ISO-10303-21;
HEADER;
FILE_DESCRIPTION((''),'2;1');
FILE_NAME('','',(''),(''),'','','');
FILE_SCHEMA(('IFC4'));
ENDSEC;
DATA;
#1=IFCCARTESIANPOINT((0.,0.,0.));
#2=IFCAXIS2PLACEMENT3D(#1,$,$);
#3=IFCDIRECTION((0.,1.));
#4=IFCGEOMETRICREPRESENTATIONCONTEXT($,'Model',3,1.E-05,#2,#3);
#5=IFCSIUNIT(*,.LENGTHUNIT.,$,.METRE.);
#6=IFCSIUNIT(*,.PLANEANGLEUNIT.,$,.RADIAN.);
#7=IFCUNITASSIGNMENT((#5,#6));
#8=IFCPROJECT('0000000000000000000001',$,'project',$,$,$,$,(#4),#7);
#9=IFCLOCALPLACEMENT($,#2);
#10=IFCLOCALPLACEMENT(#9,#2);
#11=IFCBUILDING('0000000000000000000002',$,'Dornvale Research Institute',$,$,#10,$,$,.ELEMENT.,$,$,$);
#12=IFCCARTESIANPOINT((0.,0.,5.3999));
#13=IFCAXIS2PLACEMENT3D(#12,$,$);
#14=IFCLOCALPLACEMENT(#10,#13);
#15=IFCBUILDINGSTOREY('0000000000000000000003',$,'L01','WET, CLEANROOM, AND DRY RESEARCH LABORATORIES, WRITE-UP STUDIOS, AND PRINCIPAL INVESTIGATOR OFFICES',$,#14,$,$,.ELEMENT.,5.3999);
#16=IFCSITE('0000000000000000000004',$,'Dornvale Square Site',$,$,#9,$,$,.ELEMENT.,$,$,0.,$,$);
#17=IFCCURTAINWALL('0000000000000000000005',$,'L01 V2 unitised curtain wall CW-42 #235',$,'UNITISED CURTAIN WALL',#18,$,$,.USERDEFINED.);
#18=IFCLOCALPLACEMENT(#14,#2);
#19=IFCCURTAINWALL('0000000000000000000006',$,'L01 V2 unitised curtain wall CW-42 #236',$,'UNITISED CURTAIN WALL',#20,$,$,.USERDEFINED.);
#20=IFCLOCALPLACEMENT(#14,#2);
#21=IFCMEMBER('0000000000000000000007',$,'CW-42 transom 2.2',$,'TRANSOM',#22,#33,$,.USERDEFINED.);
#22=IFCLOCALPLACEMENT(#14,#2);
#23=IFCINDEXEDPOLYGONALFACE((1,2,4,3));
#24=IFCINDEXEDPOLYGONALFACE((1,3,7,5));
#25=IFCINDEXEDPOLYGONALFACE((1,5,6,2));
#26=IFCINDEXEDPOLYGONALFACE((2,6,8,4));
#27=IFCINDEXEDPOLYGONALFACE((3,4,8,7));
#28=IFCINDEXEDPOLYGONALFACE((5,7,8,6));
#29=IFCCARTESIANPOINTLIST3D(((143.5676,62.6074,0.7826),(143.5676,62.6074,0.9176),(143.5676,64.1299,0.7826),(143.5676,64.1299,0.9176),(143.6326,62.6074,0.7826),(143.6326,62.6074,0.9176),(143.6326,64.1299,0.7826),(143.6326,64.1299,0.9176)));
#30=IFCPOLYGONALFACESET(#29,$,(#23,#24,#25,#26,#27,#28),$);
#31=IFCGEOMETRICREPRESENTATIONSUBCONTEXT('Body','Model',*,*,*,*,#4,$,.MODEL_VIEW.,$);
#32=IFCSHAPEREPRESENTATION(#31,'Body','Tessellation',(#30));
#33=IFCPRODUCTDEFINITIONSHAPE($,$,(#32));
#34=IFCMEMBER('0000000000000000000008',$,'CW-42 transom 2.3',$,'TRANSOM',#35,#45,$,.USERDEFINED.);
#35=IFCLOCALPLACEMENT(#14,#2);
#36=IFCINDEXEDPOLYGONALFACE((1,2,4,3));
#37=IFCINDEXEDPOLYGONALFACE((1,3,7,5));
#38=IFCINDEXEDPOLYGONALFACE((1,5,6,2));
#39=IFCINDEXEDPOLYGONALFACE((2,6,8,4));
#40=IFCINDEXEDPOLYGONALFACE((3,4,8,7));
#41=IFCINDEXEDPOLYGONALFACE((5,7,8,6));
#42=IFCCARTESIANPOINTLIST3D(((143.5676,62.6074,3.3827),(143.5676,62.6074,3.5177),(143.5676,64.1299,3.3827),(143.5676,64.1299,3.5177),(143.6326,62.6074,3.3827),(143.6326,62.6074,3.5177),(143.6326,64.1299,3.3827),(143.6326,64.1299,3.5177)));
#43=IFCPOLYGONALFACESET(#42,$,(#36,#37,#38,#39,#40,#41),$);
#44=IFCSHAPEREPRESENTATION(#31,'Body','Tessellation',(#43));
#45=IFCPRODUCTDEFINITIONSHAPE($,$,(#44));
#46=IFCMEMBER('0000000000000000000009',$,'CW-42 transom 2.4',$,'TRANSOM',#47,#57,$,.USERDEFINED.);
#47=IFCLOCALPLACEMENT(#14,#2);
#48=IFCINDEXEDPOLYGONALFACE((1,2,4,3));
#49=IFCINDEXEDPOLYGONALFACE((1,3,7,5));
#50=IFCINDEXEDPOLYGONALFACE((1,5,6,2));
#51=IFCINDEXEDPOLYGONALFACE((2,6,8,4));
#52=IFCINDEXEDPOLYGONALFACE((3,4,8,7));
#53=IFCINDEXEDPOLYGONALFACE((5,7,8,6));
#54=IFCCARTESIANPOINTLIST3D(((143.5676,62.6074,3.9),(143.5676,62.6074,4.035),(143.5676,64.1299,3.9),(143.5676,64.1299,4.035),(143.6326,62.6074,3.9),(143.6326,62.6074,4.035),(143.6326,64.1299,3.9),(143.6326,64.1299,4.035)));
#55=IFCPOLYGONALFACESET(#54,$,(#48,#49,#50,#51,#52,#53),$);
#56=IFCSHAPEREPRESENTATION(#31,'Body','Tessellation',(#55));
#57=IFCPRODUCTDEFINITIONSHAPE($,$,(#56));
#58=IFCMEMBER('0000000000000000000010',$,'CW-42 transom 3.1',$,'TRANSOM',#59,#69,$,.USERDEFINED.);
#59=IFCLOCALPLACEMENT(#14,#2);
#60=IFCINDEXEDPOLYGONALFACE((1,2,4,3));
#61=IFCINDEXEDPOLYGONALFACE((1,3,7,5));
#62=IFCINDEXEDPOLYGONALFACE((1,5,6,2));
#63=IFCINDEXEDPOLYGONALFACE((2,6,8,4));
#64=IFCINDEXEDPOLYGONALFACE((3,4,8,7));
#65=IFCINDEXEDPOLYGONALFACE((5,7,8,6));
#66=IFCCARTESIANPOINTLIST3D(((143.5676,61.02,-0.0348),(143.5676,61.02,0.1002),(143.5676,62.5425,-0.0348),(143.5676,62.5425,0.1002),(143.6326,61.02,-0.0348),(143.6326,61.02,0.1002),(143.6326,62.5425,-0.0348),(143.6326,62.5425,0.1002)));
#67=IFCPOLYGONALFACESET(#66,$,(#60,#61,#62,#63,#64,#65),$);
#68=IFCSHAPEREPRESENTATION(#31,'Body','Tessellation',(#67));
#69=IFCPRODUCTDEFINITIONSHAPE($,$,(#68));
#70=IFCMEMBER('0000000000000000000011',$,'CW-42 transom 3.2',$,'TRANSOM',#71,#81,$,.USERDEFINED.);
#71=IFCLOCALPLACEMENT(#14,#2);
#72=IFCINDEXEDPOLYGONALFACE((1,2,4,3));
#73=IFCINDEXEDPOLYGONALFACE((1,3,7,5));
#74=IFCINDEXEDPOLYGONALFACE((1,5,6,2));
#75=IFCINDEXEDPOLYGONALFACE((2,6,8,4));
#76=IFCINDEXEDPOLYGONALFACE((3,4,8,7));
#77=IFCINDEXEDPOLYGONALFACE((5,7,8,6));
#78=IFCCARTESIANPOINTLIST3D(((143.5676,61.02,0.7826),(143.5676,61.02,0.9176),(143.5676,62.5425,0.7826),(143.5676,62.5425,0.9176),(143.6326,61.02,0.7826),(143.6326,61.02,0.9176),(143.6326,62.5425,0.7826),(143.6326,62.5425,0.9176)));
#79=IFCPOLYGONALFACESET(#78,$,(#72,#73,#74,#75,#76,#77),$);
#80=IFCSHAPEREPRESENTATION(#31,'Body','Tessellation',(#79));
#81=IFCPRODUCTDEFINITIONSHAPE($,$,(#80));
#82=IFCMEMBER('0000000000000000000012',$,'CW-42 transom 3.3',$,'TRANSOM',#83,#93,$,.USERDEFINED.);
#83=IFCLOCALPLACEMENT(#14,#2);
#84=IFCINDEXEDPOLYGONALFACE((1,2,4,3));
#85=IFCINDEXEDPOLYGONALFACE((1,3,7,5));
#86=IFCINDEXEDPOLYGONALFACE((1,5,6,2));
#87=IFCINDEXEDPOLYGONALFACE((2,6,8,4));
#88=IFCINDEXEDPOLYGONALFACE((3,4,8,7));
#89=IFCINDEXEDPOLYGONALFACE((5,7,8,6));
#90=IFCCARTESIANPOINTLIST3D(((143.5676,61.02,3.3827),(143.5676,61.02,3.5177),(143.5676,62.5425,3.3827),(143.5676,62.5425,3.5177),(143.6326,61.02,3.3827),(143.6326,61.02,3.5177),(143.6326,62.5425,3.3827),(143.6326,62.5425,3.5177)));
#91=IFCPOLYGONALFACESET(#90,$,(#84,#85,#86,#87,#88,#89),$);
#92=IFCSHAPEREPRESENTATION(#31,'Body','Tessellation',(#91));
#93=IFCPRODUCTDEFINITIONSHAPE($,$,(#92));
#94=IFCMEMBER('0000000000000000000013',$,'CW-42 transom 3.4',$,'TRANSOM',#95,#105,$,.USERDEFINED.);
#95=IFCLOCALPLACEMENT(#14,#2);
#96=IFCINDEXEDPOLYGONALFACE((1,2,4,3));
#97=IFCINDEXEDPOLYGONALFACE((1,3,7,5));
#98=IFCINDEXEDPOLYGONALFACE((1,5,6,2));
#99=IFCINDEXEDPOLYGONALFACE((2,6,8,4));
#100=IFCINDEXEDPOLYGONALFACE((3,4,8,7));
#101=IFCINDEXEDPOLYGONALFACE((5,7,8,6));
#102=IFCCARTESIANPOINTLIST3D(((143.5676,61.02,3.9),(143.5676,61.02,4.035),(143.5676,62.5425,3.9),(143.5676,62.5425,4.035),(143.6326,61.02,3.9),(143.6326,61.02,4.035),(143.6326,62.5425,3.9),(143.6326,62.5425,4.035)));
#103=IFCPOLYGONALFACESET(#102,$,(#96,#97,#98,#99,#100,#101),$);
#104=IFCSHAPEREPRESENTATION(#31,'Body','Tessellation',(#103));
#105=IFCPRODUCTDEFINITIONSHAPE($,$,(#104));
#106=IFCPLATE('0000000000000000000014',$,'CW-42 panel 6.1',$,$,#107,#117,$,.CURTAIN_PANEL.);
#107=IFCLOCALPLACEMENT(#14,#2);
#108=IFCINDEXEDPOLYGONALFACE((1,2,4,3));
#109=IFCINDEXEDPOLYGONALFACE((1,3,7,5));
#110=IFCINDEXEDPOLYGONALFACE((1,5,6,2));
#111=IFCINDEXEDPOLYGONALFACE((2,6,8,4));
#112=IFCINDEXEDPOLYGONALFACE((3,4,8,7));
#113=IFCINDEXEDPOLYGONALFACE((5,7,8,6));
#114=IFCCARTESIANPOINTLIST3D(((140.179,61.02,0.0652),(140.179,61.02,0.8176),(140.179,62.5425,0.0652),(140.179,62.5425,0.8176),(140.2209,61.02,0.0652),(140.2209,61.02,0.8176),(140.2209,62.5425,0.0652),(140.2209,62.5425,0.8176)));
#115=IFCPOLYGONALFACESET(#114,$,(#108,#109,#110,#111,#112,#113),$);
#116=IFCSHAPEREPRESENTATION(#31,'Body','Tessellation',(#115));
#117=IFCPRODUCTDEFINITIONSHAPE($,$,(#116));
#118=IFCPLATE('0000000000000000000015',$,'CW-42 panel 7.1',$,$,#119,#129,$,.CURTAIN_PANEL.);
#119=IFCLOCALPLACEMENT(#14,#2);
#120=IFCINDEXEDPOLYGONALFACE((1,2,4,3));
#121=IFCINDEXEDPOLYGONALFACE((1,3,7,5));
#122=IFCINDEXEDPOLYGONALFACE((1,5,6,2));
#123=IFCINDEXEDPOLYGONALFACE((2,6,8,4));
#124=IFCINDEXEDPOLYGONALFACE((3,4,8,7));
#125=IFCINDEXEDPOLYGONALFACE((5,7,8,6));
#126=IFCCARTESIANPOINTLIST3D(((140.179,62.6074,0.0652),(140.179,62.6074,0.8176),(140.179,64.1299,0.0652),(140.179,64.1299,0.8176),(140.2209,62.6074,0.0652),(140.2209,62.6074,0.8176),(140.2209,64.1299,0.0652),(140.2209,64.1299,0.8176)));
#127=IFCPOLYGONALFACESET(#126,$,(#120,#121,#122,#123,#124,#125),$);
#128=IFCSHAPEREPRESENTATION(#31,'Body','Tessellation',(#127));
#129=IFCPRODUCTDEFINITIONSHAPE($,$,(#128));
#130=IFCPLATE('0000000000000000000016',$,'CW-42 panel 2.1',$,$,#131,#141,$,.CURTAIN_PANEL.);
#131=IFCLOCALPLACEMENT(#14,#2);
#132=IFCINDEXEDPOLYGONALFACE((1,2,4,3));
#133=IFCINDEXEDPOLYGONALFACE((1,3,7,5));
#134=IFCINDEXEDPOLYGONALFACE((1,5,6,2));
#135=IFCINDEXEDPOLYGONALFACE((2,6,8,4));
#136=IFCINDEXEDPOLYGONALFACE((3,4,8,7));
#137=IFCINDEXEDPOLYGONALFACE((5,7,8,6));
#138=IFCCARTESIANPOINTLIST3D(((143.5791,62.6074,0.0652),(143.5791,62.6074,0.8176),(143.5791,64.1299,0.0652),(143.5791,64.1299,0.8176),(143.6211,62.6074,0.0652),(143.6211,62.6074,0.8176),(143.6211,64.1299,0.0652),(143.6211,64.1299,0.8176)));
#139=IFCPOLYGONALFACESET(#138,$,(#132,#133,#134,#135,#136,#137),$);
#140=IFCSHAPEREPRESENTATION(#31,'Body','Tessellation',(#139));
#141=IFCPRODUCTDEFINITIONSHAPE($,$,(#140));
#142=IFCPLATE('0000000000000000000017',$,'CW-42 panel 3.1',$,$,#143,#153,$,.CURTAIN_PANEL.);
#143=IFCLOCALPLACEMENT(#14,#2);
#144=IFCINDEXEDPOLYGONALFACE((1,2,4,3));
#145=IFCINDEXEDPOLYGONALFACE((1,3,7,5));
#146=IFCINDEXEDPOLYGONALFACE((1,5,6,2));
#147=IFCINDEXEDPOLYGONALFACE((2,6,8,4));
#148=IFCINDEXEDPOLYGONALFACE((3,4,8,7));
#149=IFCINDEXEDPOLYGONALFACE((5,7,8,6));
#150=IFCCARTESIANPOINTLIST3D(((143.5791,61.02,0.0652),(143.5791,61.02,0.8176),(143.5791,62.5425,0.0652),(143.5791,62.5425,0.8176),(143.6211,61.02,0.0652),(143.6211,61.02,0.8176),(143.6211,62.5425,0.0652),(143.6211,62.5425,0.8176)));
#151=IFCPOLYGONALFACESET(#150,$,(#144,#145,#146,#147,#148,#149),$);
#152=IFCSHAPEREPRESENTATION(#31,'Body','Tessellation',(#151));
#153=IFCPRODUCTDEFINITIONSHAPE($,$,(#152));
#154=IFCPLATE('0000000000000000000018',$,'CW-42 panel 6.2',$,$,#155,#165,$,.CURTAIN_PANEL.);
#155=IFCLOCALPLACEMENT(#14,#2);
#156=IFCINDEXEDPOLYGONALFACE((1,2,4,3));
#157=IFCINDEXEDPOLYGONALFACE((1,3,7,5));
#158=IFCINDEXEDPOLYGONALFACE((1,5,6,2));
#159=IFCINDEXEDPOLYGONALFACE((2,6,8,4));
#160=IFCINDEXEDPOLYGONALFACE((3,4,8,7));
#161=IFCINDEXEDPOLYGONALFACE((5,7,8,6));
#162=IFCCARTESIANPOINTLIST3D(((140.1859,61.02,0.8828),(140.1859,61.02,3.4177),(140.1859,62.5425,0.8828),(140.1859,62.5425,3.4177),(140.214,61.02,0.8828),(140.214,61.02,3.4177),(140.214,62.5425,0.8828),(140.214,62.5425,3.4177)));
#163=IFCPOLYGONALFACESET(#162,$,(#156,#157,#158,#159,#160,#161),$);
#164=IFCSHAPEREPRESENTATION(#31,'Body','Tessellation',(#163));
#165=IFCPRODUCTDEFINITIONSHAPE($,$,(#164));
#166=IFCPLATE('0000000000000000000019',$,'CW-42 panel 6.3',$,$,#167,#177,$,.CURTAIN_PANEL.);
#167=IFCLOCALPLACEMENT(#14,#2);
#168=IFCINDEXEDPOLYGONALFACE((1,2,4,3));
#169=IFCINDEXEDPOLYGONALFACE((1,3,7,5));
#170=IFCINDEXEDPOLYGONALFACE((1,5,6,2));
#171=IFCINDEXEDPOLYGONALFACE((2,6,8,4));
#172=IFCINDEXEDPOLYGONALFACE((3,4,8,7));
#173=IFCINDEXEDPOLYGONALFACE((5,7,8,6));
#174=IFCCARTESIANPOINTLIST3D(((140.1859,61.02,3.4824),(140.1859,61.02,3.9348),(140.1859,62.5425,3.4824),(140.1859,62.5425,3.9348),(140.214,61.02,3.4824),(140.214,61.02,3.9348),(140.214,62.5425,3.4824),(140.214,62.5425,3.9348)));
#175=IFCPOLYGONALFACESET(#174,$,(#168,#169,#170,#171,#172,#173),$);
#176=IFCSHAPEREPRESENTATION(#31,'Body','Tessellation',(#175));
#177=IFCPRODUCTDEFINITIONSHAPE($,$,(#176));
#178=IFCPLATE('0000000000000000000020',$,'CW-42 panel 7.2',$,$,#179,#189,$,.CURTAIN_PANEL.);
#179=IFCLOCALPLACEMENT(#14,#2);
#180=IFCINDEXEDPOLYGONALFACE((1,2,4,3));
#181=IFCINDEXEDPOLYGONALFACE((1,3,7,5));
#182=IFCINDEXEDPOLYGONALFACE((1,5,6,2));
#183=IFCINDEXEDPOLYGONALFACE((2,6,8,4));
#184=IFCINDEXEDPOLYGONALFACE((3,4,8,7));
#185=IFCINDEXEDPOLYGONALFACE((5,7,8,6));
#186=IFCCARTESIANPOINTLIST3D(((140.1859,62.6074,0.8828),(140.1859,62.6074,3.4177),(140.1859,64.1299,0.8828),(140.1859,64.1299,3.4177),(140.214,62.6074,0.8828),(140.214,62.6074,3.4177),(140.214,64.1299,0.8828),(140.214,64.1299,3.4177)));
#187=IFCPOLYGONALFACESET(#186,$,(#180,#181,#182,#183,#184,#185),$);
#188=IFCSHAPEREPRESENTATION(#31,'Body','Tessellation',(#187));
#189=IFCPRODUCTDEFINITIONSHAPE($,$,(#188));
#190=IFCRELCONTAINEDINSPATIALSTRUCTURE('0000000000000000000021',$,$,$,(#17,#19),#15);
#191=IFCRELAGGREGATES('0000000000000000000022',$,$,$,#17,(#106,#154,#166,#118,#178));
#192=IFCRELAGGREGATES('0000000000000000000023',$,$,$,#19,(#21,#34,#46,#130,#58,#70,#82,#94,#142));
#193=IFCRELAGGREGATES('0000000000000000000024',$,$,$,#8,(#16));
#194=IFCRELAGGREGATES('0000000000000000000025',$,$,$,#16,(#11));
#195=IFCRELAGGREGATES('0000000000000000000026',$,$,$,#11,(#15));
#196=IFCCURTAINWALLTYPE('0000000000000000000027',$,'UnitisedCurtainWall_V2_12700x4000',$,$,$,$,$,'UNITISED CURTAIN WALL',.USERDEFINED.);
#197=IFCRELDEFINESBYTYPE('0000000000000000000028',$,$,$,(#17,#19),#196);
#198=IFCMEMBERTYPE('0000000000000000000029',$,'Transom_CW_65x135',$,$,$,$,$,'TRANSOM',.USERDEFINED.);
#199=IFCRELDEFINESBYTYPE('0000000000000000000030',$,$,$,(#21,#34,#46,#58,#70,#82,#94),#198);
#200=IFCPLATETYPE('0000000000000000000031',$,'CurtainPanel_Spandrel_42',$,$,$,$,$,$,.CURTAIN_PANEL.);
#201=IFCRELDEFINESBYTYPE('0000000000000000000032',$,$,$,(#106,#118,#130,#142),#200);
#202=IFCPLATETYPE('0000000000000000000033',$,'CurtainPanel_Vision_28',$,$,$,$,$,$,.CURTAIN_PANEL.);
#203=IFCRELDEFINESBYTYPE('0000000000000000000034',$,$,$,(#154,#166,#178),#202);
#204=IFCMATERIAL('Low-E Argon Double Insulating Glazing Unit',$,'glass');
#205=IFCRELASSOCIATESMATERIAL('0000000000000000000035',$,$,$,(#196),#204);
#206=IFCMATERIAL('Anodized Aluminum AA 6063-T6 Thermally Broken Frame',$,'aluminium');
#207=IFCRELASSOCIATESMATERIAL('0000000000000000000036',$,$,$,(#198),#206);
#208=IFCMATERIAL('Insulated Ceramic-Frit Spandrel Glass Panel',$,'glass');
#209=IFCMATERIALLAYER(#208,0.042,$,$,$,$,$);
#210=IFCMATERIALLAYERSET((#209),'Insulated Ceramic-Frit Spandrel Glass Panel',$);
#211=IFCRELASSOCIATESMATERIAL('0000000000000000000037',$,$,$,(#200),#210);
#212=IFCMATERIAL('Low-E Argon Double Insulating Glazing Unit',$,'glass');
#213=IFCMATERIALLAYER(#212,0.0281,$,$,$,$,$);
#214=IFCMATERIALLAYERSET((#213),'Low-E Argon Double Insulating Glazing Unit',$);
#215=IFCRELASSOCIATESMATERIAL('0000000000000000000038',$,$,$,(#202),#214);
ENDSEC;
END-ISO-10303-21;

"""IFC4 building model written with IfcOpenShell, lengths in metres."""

from ifc_helpers import new_model, si_unit, direction, frame, origin, origin_2d, place, context, subcontext, project, spatial, rectangle, extrude, material, layer, layer_set, material_profile, profile_set, type_object, element, aggregate, save


model = new_model("IFC4")

# Units and contexts
model_context = context("Model", 3, precision=1e-05, world=origin(), true_north=direction((0.0, 1.0)))
body_context = subcontext(model_context, "Body", "Model", "MODEL_VIEW")
ifc_project = project(units=[si_unit("LENGTHUNIT", "METRE"), si_unit("PLANEANGLEUNIT", "RADIAN")], contexts=[model_context])

# Site, building, storey
site_placement = place(None, origin())
site = spatial("IfcSite", under=ifc_project, at=site_placement, Name="Dornvale Square Site", CompositionType="ELEMENT", RefElevation=0.0)
building_placement = place(site_placement, origin())
building = spatial("IfcBuilding", under=site, at=building_placement, Name="Dornvale Research Institute", CompositionType="ELEMENT")
storey_placement = place(building_placement, frame((0.0, 0.0, 5.3999)))
storey = spatial("IfcBuildingStorey", under=building, at=storey_placement, Name="L01", Description="WET, CLEANROOM, AND DRY RESEARCH LABORATORIES, WRITE-UP STUDIOS, AND PRINCIPAL INVESTIGATOR OFFICES", CompositionType="ELEMENT", Elevation=5.3999)

# Curtain walls
ifc_material_1 = material(Name="Low-E Argon Double Insulating Glazing Unit", Category="glass")
curtain_wall_type = type_object("IfcCurtainWallType", Name="UnitisedCurtainWall_V2_12700x4000", ElementType="UNITISED CURTAIN WALL", PredefinedType="USERDEFINED", material=ifc_material_1)
curtain_wall_1_placement = place(storey_placement, origin())
curtain_wall_1 = element("IfcCurtainWall", 1, at=curtain_wall_1_placement, inside=storey, type_object=curtain_wall_type, Name="L01 V2 unitised curtain wall CW-42 #235", ObjectType="UNITISED CURTAIN WALL", PredefinedType="USERDEFINED")
curtain_wall_2_placement = place(storey_placement, origin())
curtain_wall_2 = element("IfcCurtainWall", 2, at=curtain_wall_2_placement, inside=storey, type_object=curtain_wall_type, Name="L01 V2 unitised curtain wall CW-42 #236", ObjectType="UNITISED CURTAIN WALL", PredefinedType="USERDEFINED")

# Members
ifc_material_2 = material(Name="Anodized Aluminum AA 6063-T6 Thermally Broken Frame", Category="aluminium")
ifc_material_profile_1 = material_profile(ifc_material_2, rectangle(XDim=0.0649, YDim=0.135, at=origin_2d()), Name="ALU TRANSOM 65x135")
ifc_profile_set_1 = profile_set([ifc_material_profile_1], Name="Anodized Aluminum AA 6063-T6 Thermally Broken Frame")
member_type_1 = type_object("IfcMemberType", Name="Transom_CW_65x135", ElementType="TRANSOM", PredefinedType="USERDEFINED", material=ifc_profile_set_1)
member_1_placement = place(storey_placement, frame((143.6001, 64.1299, 0.8501), z_axis=(0.0, -1.0, 0.0), x_axis=(1.0, 0.0, 0.0)))
member_1 = element("IfcMember", 3, at=member_1_placement, type_object=member_type_1, Name="CW-42 transom 2.2", ObjectType="TRANSOM", PredefinedType="USERDEFINED", context=body_context, shape_type="SweptSolid", body=[
    extrude(rectangle(XDim=0.0649, YDim=0.135, at=origin_2d()), origin(), (0.0, 0.0, 1.0), 1.5225),
])
member_2_placement = place(storey_placement, frame((143.6001, 64.1299, 3.4502), z_axis=(0.0, -1.0, 0.0), x_axis=(1.0, 0.0, 0.0)))
member_2 = element("IfcMember", 4, at=member_2_placement, type_object=member_type_1, Name="CW-42 transom 2.3", ObjectType="TRANSOM", PredefinedType="USERDEFINED", context=body_context, shape_type="SweptSolid", body=[
    extrude(rectangle(XDim=0.0649, YDim=0.135, at=origin_2d()), origin(), (0.0, 0.0, 1.0), 1.5225),
])
member_3_placement = place(storey_placement, frame((143.6001, 64.1299, 3.9675), z_axis=(0.0, -1.0, 0.0), x_axis=(1.0, 0.0, 0.0)))
member_3 = element("IfcMember", 5, at=member_3_placement, type_object=member_type_1, Name="CW-42 transom 2.4", ObjectType="TRANSOM", PredefinedType="USERDEFINED", context=body_context, shape_type="SweptSolid", body=[
    extrude(rectangle(XDim=0.0649, YDim=0.135, at=origin_2d()), origin(), (0.0, 0.0, 1.0), 1.5225),
])
member_4_placement = place(storey_placement, frame((143.6001, 62.5425, 0.0327), z_axis=(0.0, -1.0, 0.0), x_axis=(1.0, 0.0, 0.0)))
member_4 = element("IfcMember", 6, at=member_4_placement, type_object=member_type_1, Name="CW-42 transom 3.1", ObjectType="TRANSOM", PredefinedType="USERDEFINED", context=body_context, shape_type="SweptSolid", body=[
    extrude(rectangle(XDim=0.0649, YDim=0.135, at=origin_2d()), origin(), (0.0, 0.0, 1.0), 1.5225),
])
member_5_placement = place(storey_placement, frame((143.6001, 62.5425, 0.8501), z_axis=(0.0, -1.0, 0.0), x_axis=(1.0, 0.0, 0.0)))
member_5 = element("IfcMember", 7, at=member_5_placement, type_object=member_type_1, Name="CW-42 transom 3.2", ObjectType="TRANSOM", PredefinedType="USERDEFINED", context=body_context, shape_type="SweptSolid", body=[
    extrude(rectangle(XDim=0.0649, YDim=0.135, at=origin_2d()), origin(), (0.0, 0.0, 1.0), 1.5225),
])
member_6_placement = place(storey_placement, frame((143.6001, 62.5425, 3.4502), z_axis=(0.0, -1.0, 0.0), x_axis=(1.0, 0.0, 0.0)))
member_6 = element("IfcMember", 8, at=member_6_placement, type_object=member_type_1, Name="CW-42 transom 3.3", ObjectType="TRANSOM", PredefinedType="USERDEFINED", context=body_context, shape_type="SweptSolid", body=[
    extrude(rectangle(XDim=0.0649, YDim=0.135, at=origin_2d()), origin(), (0.0, 0.0, 1.0), 1.5225),
])
member_7_placement = place(storey_placement, frame((143.6001, 62.5425, 3.9675), z_axis=(0.0, -1.0, 0.0), x_axis=(1.0, 0.0, 0.0)))
member_7 = element("IfcMember", 9, at=member_7_placement, type_object=member_type_1, Name="CW-42 transom 3.4", ObjectType="TRANSOM", PredefinedType="USERDEFINED", context=body_context, shape_type="SweptSolid", body=[
    extrude(rectangle(XDim=0.0649, YDim=0.135, at=origin_2d()), origin(), (0.0, 0.0, 1.0), 1.5225),
])

# Plates
ifc_material_3 = material(Name="Insulated Ceramic-Frit Spandrel Glass Panel", Category="glass")
ifc_layer_1 = layer(ifc_material_3, 0.042)
ifc_layer_set_1 = layer_set([ifc_layer_1], Name="Insulated Ceramic-Frit Spandrel Glass Panel")
plate_type_1 = type_object("IfcPlateType", Name="CurtainPanel_Spandrel_42", PredefinedType="CURTAIN_PANEL", material=ifc_layer_set_1)
plate_1_placement = place(storey_placement, frame((140.2, 61.7812, 0.0652), z_axis=(0.0, 0.0, 1.0), x_axis=(0.0, 1.0, 0.0)))
plate_1 = element("IfcPlate", 10, at=plate_1_placement, type_object=plate_type_1, Name="CW-42 panel 6.1", PredefinedType="CURTAIN_PANEL", context=body_context, shape_type="SweptSolid", body=[
    extrude(rectangle(XDim=1.5225, YDim=0.042, at=origin_2d()), origin(), (0.0, 0.0, 1.0), 0.7524),
])
plate_2_placement = place(storey_placement, frame((140.2, 63.3687, 0.0652), z_axis=(0.0, 0.0, 1.0), x_axis=(0.0, 1.0, 0.0)))
plate_2 = element("IfcPlate", 11, at=plate_2_placement, type_object=plate_type_1, Name="CW-42 panel 7.1", PredefinedType="CURTAIN_PANEL", context=body_context, shape_type="SweptSolid", body=[
    extrude(rectangle(XDim=1.5225, YDim=0.042, at=origin_2d()), origin(), (0.0, 0.0, 1.0), 0.7524),
])
plate_3_placement = place(storey_placement, frame((143.6001, 63.3687, 0.0652), z_axis=(0.0, 0.0, 1.0), x_axis=(0.0, -1.0, 0.0)))
plate_3 = element("IfcPlate", 12, at=plate_3_placement, type_object=plate_type_1, Name="CW-42 panel 2.1", PredefinedType="CURTAIN_PANEL", context=body_context, shape_type="SweptSolid", body=[
    extrude(rectangle(XDim=1.5225, YDim=0.042, at=origin_2d()), origin(), (0.0, 0.0, 1.0), 0.7524),
])
plate_4_placement = place(storey_placement, frame((143.6001, 61.7812, 0.0652), z_axis=(0.0, 0.0, 1.0), x_axis=(0.0, -1.0, 0.0)))
plate_4 = element("IfcPlate", 13, at=plate_4_placement, type_object=plate_type_1, Name="CW-42 panel 3.1", PredefinedType="CURTAIN_PANEL", context=body_context, shape_type="SweptSolid", body=[
    extrude(rectangle(XDim=1.5225, YDim=0.042, at=origin_2d()), origin(), (0.0, 0.0, 1.0), 0.7524),
])
ifc_material_4 = material(Name="Low-E Argon Double Insulating Glazing Unit", Category="glass")
ifc_layer_2 = layer(ifc_material_4, 0.0281)
ifc_layer_set_2 = layer_set([ifc_layer_2], Name="Low-E Argon Double Insulating Glazing Unit")
plate_type_2 = type_object("IfcPlateType", Name="CurtainPanel_Vision_28", PredefinedType="CURTAIN_PANEL", material=ifc_layer_set_2)
plate_5_placement = place(storey_placement, frame((140.2, 61.7812, 0.8828), z_axis=(0.0, 0.0, 1.0), x_axis=(0.0, 1.0, 0.0)))
plate_5 = element("IfcPlate", 14, at=plate_5_placement, type_object=plate_type_2, Name="CW-42 panel 6.2", PredefinedType="CURTAIN_PANEL", context=body_context, shape_type="SweptSolid", body=[
    extrude(rectangle(XDim=1.5225, YDim=0.0281, at=origin_2d()), origin(), (0.0, 0.0, 1.0), 2.5349),
])
plate_6_placement = place(storey_placement, frame((140.2, 61.7812, 3.4824), z_axis=(0.0, 0.0, 1.0), x_axis=(0.0, 1.0, 0.0)))
plate_6 = element("IfcPlate", 15, at=plate_6_placement, type_object=plate_type_2, Name="CW-42 panel 6.3", PredefinedType="CURTAIN_PANEL", context=body_context, shape_type="SweptSolid", body=[
    extrude(rectangle(XDim=1.5225, YDim=0.0281, at=origin_2d()), origin(), (0.0, 0.0, 1.0), 0.4524),
])
plate_7_placement = place(storey_placement, frame((140.2, 63.3687, 0.8828), z_axis=(0.0, 0.0, 1.0), x_axis=(0.0, 1.0, 0.0)))
plate_7 = element("IfcPlate", 16, at=plate_7_placement, type_object=plate_type_2, Name="CW-42 panel 7.2", PredefinedType="CURTAIN_PANEL", context=body_context, shape_type="SweptSolid", body=[
    extrude(rectangle(XDim=1.5225, YDim=0.0281, at=origin_2d()), origin(), (0.0, 0.0, 1.0), 2.5349),
])
aggregate(curtain_wall_1, [plate_1, plate_5, plate_6, plate_2, plate_7])
aggregate(curtain_wall_2, [member_1, member_2, member_3, plate_3, member_4, member_5, member_6, member_7, plate_4])

save(model, "model.ifc")
